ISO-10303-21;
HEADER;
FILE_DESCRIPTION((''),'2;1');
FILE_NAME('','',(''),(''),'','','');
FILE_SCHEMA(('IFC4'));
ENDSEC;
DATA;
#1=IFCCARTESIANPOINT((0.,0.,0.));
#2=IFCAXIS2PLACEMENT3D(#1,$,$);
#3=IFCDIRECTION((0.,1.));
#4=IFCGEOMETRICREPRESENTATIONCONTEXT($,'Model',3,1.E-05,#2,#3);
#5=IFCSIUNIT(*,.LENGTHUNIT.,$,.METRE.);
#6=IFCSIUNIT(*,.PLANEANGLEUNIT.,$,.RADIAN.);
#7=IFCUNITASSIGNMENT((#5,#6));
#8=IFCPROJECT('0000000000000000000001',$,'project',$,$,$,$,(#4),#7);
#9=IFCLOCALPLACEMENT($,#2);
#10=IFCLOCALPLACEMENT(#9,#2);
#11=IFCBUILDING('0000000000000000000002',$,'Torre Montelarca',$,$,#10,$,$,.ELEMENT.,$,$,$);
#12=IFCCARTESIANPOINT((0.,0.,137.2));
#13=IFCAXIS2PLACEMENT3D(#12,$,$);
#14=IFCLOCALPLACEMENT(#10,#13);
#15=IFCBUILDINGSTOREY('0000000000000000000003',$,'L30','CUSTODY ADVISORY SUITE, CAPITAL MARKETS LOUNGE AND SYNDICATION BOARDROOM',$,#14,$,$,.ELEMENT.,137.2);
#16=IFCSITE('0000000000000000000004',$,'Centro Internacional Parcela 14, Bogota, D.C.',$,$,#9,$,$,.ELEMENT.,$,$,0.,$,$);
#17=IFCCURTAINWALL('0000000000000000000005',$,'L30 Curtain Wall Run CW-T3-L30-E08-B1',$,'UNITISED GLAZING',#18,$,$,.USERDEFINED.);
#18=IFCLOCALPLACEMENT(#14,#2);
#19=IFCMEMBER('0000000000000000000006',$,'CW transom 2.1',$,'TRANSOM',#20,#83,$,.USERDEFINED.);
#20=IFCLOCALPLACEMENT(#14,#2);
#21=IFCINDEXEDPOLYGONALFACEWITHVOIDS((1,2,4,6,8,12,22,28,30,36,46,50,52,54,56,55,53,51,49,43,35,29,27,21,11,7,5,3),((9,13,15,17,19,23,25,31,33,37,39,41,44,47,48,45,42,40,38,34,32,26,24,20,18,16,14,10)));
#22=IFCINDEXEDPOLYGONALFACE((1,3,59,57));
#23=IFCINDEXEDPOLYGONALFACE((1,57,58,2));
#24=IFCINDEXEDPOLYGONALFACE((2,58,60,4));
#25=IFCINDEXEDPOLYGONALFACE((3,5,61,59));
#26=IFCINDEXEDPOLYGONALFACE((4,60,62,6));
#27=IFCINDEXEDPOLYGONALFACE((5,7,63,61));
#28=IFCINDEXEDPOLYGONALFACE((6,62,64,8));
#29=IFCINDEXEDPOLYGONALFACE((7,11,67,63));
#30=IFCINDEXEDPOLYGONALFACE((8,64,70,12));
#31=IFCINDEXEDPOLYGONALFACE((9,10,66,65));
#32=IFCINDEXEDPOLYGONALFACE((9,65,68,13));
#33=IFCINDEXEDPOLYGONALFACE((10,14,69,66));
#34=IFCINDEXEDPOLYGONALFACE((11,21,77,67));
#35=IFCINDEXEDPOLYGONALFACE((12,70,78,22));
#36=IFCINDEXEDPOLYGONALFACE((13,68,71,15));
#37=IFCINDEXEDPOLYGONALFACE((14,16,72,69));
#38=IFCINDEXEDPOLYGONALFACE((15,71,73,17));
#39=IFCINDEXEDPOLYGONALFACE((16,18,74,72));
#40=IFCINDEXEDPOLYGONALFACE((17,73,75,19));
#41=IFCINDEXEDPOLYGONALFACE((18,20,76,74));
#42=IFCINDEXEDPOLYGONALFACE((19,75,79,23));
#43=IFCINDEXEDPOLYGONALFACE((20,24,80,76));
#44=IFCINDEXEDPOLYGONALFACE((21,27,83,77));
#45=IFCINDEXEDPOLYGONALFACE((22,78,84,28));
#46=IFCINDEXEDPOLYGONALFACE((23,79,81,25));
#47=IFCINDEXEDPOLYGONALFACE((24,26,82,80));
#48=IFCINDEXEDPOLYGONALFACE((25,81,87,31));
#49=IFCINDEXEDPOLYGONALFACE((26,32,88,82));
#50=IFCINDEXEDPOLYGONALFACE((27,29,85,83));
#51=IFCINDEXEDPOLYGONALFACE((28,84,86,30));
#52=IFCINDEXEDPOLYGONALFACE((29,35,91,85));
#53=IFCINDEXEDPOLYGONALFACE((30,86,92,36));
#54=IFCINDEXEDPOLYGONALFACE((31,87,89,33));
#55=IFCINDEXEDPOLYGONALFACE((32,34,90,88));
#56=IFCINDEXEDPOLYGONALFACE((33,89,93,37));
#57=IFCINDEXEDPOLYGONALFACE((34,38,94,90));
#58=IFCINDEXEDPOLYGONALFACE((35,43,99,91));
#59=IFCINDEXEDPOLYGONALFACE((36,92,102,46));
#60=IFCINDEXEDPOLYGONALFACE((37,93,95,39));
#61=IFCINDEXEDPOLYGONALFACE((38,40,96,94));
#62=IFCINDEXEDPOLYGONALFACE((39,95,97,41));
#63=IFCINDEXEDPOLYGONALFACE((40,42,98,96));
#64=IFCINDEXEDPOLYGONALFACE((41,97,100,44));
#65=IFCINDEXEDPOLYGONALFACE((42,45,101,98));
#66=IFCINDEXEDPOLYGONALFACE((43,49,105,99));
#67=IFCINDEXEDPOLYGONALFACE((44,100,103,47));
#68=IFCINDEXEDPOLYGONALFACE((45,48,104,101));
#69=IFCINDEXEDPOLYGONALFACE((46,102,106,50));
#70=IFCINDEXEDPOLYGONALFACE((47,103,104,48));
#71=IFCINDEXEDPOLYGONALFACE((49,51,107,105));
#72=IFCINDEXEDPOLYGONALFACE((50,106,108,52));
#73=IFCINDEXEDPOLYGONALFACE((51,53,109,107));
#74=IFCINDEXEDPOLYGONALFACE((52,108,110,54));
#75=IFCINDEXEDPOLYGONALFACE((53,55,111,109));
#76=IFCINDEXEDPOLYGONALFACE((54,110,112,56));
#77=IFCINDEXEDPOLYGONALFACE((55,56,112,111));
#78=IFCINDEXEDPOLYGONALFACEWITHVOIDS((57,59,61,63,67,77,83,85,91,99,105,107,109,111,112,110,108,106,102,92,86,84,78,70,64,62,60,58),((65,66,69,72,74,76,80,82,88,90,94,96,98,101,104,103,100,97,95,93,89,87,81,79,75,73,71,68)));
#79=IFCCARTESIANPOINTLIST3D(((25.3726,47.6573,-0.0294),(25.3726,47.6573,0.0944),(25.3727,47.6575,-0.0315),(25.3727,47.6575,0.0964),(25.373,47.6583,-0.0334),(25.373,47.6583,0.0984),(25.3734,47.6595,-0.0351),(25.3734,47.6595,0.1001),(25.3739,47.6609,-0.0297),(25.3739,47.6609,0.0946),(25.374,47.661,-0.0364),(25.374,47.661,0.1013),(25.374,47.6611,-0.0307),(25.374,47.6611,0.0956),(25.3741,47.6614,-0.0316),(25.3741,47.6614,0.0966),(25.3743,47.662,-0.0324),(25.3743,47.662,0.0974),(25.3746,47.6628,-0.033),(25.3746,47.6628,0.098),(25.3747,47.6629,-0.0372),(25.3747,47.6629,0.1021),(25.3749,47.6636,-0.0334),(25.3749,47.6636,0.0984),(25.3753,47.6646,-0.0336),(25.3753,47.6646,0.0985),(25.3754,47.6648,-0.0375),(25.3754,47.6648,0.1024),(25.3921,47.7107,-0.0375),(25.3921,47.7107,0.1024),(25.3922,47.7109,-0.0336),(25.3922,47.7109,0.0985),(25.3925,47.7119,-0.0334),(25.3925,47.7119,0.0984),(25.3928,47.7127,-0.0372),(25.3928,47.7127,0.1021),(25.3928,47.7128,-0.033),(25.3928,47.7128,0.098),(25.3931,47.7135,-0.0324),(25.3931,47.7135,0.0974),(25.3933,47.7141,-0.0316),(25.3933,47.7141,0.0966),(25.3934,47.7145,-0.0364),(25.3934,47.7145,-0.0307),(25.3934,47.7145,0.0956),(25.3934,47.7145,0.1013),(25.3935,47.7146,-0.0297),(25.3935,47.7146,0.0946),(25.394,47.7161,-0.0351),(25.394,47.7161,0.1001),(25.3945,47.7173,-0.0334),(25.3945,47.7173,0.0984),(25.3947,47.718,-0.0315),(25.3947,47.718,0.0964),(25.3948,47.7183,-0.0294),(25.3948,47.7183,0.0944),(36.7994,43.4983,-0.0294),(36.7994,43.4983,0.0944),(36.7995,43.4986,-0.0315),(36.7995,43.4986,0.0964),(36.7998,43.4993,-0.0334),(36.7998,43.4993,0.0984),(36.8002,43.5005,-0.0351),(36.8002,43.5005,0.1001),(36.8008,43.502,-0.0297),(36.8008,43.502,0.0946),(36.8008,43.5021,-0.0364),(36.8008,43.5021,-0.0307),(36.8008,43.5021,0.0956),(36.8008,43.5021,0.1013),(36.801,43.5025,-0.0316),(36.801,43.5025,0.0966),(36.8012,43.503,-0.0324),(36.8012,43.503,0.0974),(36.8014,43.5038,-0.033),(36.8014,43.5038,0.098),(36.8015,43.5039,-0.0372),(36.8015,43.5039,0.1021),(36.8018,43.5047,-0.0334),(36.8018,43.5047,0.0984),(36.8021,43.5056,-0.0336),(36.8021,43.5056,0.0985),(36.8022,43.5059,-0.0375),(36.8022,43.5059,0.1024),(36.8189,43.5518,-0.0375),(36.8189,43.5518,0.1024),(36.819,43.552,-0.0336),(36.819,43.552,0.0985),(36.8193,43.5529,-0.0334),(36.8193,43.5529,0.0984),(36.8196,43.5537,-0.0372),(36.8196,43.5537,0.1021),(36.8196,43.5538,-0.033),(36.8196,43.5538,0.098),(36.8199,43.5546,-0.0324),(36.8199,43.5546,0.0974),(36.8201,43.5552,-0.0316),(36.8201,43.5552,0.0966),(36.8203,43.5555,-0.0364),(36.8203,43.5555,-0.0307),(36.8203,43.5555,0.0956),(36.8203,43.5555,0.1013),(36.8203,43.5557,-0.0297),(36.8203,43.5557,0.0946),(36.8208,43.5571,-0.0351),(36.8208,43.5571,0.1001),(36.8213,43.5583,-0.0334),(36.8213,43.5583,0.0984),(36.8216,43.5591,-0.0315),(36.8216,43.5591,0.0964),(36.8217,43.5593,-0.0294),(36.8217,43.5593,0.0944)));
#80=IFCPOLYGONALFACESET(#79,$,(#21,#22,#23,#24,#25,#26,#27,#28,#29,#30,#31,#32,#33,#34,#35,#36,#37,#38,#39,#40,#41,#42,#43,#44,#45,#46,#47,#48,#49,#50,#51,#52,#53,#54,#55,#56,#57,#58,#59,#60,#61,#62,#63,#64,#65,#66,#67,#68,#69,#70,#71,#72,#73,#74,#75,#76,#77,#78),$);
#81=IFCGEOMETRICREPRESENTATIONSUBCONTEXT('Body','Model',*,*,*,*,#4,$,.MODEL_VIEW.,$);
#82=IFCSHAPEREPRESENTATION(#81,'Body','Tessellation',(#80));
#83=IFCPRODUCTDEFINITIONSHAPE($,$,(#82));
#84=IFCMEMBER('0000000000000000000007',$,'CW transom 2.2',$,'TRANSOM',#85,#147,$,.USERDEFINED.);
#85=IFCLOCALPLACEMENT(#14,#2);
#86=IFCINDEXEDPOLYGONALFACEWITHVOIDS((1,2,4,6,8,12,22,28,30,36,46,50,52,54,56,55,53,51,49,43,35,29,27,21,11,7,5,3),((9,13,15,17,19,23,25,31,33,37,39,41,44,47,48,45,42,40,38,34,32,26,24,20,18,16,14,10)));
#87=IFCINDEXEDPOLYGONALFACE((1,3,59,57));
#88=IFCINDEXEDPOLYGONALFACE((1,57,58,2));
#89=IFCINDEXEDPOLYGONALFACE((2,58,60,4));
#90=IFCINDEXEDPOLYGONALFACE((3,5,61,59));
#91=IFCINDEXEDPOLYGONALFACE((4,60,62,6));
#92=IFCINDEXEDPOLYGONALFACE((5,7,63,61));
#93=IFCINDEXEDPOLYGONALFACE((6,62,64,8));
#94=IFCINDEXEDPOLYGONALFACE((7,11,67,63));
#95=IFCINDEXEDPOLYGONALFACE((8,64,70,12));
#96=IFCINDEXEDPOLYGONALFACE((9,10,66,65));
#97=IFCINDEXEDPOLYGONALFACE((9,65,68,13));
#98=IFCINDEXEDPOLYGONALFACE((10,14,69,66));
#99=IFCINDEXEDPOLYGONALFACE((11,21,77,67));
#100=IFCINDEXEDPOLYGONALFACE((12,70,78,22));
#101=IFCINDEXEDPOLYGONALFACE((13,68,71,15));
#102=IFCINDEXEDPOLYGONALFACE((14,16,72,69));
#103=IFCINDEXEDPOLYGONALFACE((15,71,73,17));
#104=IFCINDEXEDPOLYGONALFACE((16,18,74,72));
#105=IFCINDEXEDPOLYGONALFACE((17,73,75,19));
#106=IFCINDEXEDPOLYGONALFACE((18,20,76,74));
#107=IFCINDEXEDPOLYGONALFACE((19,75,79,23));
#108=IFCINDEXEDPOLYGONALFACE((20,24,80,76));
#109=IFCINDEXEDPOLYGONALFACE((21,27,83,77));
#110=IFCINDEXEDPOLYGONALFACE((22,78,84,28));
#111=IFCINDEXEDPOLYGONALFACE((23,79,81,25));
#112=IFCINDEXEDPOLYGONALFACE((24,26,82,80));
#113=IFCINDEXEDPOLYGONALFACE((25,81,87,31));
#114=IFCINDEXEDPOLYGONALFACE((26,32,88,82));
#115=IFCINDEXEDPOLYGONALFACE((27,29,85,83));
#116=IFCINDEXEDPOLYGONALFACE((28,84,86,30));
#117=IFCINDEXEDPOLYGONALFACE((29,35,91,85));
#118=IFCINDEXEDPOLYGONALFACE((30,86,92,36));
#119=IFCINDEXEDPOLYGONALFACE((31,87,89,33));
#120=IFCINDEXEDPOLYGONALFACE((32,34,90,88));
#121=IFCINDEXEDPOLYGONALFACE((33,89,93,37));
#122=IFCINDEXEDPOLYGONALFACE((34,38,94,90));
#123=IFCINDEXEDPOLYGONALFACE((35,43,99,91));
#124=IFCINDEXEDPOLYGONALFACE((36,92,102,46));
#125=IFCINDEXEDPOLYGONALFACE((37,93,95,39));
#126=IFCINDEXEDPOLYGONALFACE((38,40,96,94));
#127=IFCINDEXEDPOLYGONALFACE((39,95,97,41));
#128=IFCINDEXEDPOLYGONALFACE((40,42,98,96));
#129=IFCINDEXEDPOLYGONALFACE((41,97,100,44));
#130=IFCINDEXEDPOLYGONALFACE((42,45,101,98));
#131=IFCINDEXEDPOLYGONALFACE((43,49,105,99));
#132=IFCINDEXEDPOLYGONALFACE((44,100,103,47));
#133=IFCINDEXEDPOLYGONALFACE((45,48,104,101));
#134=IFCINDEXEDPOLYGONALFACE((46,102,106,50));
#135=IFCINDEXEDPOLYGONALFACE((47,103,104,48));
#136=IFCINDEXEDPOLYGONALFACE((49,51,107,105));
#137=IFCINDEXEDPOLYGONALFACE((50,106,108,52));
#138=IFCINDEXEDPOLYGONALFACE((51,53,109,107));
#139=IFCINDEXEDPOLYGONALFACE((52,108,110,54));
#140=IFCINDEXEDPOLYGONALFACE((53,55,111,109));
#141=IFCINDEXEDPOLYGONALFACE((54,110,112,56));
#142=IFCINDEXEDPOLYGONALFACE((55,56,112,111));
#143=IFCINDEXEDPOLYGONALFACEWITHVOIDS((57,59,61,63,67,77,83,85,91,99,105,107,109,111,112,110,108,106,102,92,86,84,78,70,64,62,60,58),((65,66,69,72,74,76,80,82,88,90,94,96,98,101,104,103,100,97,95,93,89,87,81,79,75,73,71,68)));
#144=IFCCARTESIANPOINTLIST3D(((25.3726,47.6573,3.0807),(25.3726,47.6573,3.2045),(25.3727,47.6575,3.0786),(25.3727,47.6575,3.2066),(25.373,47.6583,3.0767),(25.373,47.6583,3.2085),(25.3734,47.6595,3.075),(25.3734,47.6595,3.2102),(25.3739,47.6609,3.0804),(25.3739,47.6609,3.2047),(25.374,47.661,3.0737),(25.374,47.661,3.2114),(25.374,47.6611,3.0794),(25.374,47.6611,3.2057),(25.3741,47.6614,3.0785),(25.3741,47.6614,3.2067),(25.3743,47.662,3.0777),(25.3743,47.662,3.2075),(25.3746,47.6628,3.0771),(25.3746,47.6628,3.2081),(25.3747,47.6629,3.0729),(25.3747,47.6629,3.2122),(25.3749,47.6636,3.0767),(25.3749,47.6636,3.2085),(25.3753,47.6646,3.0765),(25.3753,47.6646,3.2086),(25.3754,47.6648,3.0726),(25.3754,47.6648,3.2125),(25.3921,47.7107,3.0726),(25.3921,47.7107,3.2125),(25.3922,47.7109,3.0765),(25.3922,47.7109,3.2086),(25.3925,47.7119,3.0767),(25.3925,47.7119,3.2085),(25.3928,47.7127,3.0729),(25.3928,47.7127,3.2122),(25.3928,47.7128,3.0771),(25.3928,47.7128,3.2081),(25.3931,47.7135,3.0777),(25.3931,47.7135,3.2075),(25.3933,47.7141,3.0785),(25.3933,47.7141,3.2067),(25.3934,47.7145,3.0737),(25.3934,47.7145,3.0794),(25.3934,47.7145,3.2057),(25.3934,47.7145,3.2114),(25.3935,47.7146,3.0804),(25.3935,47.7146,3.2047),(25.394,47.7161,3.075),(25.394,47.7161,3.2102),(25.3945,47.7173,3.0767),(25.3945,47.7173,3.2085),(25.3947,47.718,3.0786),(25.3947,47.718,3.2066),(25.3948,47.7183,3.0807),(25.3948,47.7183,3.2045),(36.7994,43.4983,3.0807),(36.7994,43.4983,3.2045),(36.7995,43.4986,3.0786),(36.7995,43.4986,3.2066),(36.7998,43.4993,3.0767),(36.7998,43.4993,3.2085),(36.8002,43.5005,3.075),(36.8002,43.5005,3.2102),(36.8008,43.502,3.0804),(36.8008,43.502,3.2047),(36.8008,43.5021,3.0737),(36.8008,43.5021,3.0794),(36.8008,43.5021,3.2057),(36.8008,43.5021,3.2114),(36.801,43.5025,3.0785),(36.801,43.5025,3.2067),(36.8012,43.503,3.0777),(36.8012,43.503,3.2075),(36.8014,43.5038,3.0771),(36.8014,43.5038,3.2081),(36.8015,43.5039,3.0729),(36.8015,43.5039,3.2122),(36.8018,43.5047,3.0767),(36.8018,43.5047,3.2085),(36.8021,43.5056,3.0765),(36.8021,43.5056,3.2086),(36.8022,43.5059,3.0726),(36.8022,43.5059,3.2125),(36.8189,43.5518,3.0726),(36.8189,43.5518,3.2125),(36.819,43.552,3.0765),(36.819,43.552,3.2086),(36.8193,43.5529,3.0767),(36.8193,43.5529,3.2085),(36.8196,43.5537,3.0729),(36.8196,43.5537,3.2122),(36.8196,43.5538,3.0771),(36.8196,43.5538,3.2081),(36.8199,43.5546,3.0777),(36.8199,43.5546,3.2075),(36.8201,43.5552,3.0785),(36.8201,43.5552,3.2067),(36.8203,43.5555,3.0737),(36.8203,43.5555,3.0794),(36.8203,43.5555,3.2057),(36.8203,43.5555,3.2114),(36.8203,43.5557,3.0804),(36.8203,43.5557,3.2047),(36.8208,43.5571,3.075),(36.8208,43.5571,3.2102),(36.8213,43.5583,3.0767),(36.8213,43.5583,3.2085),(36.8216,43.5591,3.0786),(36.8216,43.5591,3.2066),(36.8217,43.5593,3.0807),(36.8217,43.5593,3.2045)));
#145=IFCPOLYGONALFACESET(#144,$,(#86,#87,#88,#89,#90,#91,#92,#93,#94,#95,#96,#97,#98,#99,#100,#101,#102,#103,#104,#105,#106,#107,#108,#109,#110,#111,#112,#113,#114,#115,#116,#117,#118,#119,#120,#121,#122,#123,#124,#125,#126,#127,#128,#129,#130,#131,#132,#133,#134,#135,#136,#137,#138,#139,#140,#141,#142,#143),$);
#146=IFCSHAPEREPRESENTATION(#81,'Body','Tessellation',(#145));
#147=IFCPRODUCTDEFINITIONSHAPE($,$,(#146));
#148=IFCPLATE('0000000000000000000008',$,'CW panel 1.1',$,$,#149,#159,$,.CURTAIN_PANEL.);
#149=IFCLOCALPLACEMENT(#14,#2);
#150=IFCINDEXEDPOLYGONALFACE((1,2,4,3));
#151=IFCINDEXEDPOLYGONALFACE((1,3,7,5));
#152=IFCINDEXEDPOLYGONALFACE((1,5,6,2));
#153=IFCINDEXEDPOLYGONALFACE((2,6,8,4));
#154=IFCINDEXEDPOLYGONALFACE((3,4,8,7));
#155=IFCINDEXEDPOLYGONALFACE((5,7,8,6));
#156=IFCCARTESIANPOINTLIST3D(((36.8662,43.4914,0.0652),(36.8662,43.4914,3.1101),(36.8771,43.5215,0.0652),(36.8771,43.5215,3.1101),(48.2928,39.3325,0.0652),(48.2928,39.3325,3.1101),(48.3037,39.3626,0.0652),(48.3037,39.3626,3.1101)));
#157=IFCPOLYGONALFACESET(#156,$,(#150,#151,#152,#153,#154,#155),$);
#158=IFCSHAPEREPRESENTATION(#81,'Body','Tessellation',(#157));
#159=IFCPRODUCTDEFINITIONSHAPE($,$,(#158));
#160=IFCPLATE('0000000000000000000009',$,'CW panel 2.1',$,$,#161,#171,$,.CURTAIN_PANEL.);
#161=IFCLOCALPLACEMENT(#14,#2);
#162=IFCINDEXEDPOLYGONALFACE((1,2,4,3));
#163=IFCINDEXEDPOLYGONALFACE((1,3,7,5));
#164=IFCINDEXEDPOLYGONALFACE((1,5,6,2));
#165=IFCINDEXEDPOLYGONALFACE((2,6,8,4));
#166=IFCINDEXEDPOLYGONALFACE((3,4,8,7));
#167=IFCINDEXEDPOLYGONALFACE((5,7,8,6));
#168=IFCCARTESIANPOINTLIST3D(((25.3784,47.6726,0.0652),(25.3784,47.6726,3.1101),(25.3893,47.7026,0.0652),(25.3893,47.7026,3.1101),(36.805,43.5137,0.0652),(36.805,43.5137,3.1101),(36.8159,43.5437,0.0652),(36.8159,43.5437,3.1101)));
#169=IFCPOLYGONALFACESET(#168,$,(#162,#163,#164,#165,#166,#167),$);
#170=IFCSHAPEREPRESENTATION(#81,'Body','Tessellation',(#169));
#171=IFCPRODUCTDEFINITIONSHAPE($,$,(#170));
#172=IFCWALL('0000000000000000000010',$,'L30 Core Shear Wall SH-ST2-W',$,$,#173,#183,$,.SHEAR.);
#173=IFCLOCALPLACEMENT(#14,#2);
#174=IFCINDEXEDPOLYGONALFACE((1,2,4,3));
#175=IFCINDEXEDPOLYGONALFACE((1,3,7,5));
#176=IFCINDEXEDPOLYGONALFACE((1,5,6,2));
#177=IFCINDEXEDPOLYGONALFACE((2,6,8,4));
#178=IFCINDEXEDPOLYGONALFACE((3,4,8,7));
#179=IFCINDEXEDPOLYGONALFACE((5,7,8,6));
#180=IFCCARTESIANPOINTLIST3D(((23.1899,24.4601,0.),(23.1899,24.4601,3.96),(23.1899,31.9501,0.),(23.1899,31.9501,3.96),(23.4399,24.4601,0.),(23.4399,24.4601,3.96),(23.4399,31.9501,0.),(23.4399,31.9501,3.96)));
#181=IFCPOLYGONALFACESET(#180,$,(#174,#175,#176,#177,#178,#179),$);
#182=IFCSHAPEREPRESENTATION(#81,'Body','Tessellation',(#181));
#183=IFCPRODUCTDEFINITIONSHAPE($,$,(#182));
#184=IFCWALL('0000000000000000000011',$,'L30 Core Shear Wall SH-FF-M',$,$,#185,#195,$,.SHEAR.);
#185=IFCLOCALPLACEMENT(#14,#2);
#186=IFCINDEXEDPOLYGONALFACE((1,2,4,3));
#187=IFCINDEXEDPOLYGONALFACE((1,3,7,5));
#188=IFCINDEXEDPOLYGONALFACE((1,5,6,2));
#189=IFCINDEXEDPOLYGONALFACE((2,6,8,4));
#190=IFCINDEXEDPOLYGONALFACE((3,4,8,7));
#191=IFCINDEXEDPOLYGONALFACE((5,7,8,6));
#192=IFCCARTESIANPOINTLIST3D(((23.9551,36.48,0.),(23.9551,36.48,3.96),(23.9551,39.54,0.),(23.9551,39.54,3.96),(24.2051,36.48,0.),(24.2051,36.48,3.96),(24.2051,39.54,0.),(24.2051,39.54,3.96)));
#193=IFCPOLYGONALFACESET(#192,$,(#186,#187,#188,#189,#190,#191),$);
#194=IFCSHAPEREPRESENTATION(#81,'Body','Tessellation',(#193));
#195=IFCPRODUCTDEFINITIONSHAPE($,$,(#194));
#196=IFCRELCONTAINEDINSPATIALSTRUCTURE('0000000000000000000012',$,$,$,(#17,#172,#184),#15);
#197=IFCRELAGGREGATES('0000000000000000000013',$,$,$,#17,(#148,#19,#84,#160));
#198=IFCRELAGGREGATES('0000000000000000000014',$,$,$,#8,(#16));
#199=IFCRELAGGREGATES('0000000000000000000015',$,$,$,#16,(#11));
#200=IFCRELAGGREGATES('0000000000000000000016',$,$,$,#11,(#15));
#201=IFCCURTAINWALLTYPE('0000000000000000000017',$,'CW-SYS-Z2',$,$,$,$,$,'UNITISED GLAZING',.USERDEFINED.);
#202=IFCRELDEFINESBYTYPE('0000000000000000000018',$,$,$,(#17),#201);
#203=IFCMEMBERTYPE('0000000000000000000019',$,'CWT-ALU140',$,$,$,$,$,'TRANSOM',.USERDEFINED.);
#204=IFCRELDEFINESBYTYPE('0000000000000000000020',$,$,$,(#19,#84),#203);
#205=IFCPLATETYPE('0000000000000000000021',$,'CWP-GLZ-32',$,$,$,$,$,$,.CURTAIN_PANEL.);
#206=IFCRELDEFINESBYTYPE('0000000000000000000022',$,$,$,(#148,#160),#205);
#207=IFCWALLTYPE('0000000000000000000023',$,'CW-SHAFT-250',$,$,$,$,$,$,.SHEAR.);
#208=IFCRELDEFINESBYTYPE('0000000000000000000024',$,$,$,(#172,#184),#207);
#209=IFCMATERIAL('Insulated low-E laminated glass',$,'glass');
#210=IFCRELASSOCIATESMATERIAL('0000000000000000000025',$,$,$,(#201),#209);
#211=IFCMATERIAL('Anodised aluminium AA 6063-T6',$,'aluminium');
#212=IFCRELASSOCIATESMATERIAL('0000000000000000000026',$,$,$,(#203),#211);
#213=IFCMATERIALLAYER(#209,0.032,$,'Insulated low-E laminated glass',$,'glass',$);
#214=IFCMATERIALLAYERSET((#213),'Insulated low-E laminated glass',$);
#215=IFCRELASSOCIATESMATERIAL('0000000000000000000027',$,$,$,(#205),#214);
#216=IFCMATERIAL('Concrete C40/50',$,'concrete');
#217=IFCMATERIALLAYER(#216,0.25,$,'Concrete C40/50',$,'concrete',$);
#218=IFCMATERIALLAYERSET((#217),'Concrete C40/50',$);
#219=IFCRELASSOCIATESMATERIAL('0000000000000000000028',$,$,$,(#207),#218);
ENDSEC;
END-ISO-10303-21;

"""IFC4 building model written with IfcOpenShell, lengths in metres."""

from ifc_helpers import new_model, si_unit, direction, frame, frame_2d, origin, origin_2d, place, context, subcontext, project, spatial, rectangle, hollow_rectangle, extrude, source, transform, mapped, material, layer, layer_set, material_profile, profile_set, type_object, element, aggregate, save


model = new_model("IFC4")

# Units and contexts
model_context = context("Model", 3, precision=1e-05, world=origin(), true_north=direction((0.0, 1.0)))
body_context = subcontext(model_context, "Body", "Model", "MODEL_VIEW")
ifc_project = project(units=[si_unit("LENGTHUNIT", "METRE"), si_unit("PLANEANGLEUNIT", "RADIAN")], contexts=[model_context])

# Site, building, storey
site_placement = place(None, origin())
site = spatial("IfcSite", under=ifc_project, at=site_placement, Name="Centro Internacional Parcela 14, Bogota, D.C.", CompositionType="ELEMENT", RefElevation=0.0)
building_placement = place(site_placement, origin())
building = spatial("IfcBuilding", under=site, at=building_placement, Name="Torre Montelarca", CompositionType="ELEMENT")
storey_placement = place(building_placement, frame((0.0, 0.0, 137.2)))
storey = spatial("IfcBuildingStorey", under=building, at=storey_placement, Name="L30", Description="CUSTODY ADVISORY SUITE, CAPITAL MARKETS LOUNGE AND SYNDICATION BOARDROOM", CompositionType="ELEMENT", Elevation=137.2)

# Curtain wall, members, plates
ifc_material_1 = material(Name="Insulated low-E laminated glass", Category="glass")
curtain_wall_type = type_object("IfcCurtainWallType", Name="CW-SYS-Z2", ElementType="UNITISED GLAZING", PredefinedType="USERDEFINED", material=ifc_material_1)
curtain_wall_placement = place(storey_placement, origin())
curtain_wall = element("IfcCurtainWall", 1, at=curtain_wall_placement, inside=storey, type_object=curtain_wall_type, Name="L30 Curtain Wall Run CW-T3-L30-E08-B1", ObjectType="UNITISED GLAZING", PredefinedType="USERDEFINED")
ifc_material_2 = material(Name="Anodised aluminium AA 6063-T6", Category="aluminium")
ifc_material_profile_1 = material_profile(ifc_material_2, hollow_rectangle(XDim=0.0649, YDim=0.1399, WallThickness=0.0039, InnerFilletRadius=0.0039, OuterFilletRadius=0.0081, at=origin_2d()), Name="ALU65X140X4", Category="aluminium")
ifc_profile_set_1 = profile_set([ifc_material_profile_1], Name="Anodised aluminium AA 6063-T6")
member_type_1 = type_object("IfcMemberType", Name="CWT-ALU140", ElementType="TRANSOM", PredefinedType="USERDEFINED", material=ifc_profile_set_1)
shared_shape_1 = source(origin(), body_context, "Body", "SweptSolid", [
    extrude(hollow_rectangle(XDim=0.0649, YDim=0.1399, WallThickness=0.0039, InnerFilletRadius=0.0039, OuterFilletRadius=0.0081, at=origin_2d()), origin(), (0.0, 0.0, 1.0), 12.1602),
])
member_1_placement = place(storey_placement, frame((36.8105, 43.5288, 0.0325), z_axis=(-0.939694, 0.342015, 0.0), x_axis=(-0.342015, -0.939694, 0.0)))
member_1 = element("IfcMember", 2, at=member_1_placement, type_object=member_type_1, Name="CW transom 2.1", ObjectType="TRANSOM", PredefinedType="USERDEFINED", context=body_context, shape_type="MappedRepresentation", body=[
    mapped(shared_shape_1, transform((0.0, 0.0, 0.0), scale=1.0)),
])
member_2_placement = place(storey_placement, frame((36.8105, 43.5288, 3.1426), z_axis=(-0.939694, 0.342015, 0.0), x_axis=(-0.342015, -0.939694, 0.0)))
member_2 = element("IfcMember", 3, at=member_2_placement, type_object=member_type_1, Name="CW transom 2.2", ObjectType="TRANSOM", PredefinedType="USERDEFINED", context=body_context, shape_type="MappedRepresentation", body=[
    mapped(shared_shape_1, transform((0.0, 0.0, 0.0), scale=1.0)),
])
ifc_layer_1 = layer(ifc_material_1, 0.032, Name="Insulated low-E laminated glass", Category="glass")
ifc_layer_set_1 = layer_set([ifc_layer_1], Name="Insulated low-E laminated glass")
plate_type = type_object("IfcPlateType", Name="CWP-GLZ-32", PredefinedType="CURTAIN_PANEL", material=ifc_layer_set_1)
shared_shape_2 = source(origin(), body_context, "Body", "SweptSolid", [
    extrude(rectangle(XDim=12.1599, YDim=0.032, at=origin_2d()), origin(), (0.0, 0.0, 1.0), 3.0449),
])
plate_1_placement = place(storey_placement, frame((42.585, 41.427, 0.0652), z_axis=(0.0, 0.0, 1.0), x_axis=(-0.939694, 0.342017, 0.0)))
plate_1 = element("IfcPlate", 4, at=plate_1_placement, type_object=plate_type, Name="CW panel 1.1", PredefinedType="CURTAIN_PANEL", context=body_context, shape_type="MappedRepresentation", body=[
    mapped(shared_shape_2, transform((0.0, 0.0, 0.0), scale=1.0)),
])
plate_2_placement = place(storey_placement, frame((31.0972, 45.6082, 0.0652), z_axis=(0.0, 0.0, 1.0), x_axis=(-0.939694, 0.342017, 0.0)))
plate_2 = element("IfcPlate", 5, at=plate_2_placement, type_object=plate_type, Name="CW panel 2.1", PredefinedType="CURTAIN_PANEL", context=body_context, shape_type="MappedRepresentation", body=[
    mapped(shared_shape_2, transform((0.0, 0.0, 0.0), scale=1.0)),
])
aggregate(curtain_wall, [plate_1, member_1, member_2, plate_2])

# Walls
ifc_material_3 = material(Name="Concrete C40/50", Category="concrete")
ifc_layer_2 = layer(ifc_material_3, 0.25, Name="Concrete C40/50", Category="concrete")
ifc_layer_set_2 = layer_set([ifc_layer_2], Name="Concrete C40/50")
wall_type_1 = type_object("IfcWallType", Name="CW-SHAFT-250", PredefinedType="SHEAR", material=ifc_layer_set_2)
wall_1_placement = place(storey_placement, frame((23.3149, 24.46, 0.0), z_axis=(0.0, 0.0, 1.0), x_axis=(0.0, 1.0, 0.0)))
element("IfcWall", 6, at=wall_1_placement, inside=storey, type_object=wall_type_1, Name="L30 Core Shear Wall SH-ST2-W", PredefinedType="SHEAR", context=body_context, shape_type="SweptSolid", body=[
    extrude(rectangle(XDim=7.49, YDim=0.25, at=frame_2d((3.7451, 0.0))), origin(), (0.0, 0.0, 1.0), 3.96),
])
wall_2_placement = place(storey_placement, frame((24.0801, 36.48, 0.0), z_axis=(0.0, 0.0, 1.0), x_axis=(0.0, 1.0, 0.0)))
element("IfcWall", 7, at=wall_2_placement, inside=storey, type_object=wall_type_1, Name="L30 Core Shear Wall SH-FF-M", PredefinedType="SHEAR", context=body_context, shape_type="SweptSolid", body=[
    extrude(rectangle(XDim=3.0601, YDim=0.25, at=frame_2d((1.53, 0.0))), origin(), (0.0, 0.0, 1.0), 3.96),
])

save(model, "model.ifc")
